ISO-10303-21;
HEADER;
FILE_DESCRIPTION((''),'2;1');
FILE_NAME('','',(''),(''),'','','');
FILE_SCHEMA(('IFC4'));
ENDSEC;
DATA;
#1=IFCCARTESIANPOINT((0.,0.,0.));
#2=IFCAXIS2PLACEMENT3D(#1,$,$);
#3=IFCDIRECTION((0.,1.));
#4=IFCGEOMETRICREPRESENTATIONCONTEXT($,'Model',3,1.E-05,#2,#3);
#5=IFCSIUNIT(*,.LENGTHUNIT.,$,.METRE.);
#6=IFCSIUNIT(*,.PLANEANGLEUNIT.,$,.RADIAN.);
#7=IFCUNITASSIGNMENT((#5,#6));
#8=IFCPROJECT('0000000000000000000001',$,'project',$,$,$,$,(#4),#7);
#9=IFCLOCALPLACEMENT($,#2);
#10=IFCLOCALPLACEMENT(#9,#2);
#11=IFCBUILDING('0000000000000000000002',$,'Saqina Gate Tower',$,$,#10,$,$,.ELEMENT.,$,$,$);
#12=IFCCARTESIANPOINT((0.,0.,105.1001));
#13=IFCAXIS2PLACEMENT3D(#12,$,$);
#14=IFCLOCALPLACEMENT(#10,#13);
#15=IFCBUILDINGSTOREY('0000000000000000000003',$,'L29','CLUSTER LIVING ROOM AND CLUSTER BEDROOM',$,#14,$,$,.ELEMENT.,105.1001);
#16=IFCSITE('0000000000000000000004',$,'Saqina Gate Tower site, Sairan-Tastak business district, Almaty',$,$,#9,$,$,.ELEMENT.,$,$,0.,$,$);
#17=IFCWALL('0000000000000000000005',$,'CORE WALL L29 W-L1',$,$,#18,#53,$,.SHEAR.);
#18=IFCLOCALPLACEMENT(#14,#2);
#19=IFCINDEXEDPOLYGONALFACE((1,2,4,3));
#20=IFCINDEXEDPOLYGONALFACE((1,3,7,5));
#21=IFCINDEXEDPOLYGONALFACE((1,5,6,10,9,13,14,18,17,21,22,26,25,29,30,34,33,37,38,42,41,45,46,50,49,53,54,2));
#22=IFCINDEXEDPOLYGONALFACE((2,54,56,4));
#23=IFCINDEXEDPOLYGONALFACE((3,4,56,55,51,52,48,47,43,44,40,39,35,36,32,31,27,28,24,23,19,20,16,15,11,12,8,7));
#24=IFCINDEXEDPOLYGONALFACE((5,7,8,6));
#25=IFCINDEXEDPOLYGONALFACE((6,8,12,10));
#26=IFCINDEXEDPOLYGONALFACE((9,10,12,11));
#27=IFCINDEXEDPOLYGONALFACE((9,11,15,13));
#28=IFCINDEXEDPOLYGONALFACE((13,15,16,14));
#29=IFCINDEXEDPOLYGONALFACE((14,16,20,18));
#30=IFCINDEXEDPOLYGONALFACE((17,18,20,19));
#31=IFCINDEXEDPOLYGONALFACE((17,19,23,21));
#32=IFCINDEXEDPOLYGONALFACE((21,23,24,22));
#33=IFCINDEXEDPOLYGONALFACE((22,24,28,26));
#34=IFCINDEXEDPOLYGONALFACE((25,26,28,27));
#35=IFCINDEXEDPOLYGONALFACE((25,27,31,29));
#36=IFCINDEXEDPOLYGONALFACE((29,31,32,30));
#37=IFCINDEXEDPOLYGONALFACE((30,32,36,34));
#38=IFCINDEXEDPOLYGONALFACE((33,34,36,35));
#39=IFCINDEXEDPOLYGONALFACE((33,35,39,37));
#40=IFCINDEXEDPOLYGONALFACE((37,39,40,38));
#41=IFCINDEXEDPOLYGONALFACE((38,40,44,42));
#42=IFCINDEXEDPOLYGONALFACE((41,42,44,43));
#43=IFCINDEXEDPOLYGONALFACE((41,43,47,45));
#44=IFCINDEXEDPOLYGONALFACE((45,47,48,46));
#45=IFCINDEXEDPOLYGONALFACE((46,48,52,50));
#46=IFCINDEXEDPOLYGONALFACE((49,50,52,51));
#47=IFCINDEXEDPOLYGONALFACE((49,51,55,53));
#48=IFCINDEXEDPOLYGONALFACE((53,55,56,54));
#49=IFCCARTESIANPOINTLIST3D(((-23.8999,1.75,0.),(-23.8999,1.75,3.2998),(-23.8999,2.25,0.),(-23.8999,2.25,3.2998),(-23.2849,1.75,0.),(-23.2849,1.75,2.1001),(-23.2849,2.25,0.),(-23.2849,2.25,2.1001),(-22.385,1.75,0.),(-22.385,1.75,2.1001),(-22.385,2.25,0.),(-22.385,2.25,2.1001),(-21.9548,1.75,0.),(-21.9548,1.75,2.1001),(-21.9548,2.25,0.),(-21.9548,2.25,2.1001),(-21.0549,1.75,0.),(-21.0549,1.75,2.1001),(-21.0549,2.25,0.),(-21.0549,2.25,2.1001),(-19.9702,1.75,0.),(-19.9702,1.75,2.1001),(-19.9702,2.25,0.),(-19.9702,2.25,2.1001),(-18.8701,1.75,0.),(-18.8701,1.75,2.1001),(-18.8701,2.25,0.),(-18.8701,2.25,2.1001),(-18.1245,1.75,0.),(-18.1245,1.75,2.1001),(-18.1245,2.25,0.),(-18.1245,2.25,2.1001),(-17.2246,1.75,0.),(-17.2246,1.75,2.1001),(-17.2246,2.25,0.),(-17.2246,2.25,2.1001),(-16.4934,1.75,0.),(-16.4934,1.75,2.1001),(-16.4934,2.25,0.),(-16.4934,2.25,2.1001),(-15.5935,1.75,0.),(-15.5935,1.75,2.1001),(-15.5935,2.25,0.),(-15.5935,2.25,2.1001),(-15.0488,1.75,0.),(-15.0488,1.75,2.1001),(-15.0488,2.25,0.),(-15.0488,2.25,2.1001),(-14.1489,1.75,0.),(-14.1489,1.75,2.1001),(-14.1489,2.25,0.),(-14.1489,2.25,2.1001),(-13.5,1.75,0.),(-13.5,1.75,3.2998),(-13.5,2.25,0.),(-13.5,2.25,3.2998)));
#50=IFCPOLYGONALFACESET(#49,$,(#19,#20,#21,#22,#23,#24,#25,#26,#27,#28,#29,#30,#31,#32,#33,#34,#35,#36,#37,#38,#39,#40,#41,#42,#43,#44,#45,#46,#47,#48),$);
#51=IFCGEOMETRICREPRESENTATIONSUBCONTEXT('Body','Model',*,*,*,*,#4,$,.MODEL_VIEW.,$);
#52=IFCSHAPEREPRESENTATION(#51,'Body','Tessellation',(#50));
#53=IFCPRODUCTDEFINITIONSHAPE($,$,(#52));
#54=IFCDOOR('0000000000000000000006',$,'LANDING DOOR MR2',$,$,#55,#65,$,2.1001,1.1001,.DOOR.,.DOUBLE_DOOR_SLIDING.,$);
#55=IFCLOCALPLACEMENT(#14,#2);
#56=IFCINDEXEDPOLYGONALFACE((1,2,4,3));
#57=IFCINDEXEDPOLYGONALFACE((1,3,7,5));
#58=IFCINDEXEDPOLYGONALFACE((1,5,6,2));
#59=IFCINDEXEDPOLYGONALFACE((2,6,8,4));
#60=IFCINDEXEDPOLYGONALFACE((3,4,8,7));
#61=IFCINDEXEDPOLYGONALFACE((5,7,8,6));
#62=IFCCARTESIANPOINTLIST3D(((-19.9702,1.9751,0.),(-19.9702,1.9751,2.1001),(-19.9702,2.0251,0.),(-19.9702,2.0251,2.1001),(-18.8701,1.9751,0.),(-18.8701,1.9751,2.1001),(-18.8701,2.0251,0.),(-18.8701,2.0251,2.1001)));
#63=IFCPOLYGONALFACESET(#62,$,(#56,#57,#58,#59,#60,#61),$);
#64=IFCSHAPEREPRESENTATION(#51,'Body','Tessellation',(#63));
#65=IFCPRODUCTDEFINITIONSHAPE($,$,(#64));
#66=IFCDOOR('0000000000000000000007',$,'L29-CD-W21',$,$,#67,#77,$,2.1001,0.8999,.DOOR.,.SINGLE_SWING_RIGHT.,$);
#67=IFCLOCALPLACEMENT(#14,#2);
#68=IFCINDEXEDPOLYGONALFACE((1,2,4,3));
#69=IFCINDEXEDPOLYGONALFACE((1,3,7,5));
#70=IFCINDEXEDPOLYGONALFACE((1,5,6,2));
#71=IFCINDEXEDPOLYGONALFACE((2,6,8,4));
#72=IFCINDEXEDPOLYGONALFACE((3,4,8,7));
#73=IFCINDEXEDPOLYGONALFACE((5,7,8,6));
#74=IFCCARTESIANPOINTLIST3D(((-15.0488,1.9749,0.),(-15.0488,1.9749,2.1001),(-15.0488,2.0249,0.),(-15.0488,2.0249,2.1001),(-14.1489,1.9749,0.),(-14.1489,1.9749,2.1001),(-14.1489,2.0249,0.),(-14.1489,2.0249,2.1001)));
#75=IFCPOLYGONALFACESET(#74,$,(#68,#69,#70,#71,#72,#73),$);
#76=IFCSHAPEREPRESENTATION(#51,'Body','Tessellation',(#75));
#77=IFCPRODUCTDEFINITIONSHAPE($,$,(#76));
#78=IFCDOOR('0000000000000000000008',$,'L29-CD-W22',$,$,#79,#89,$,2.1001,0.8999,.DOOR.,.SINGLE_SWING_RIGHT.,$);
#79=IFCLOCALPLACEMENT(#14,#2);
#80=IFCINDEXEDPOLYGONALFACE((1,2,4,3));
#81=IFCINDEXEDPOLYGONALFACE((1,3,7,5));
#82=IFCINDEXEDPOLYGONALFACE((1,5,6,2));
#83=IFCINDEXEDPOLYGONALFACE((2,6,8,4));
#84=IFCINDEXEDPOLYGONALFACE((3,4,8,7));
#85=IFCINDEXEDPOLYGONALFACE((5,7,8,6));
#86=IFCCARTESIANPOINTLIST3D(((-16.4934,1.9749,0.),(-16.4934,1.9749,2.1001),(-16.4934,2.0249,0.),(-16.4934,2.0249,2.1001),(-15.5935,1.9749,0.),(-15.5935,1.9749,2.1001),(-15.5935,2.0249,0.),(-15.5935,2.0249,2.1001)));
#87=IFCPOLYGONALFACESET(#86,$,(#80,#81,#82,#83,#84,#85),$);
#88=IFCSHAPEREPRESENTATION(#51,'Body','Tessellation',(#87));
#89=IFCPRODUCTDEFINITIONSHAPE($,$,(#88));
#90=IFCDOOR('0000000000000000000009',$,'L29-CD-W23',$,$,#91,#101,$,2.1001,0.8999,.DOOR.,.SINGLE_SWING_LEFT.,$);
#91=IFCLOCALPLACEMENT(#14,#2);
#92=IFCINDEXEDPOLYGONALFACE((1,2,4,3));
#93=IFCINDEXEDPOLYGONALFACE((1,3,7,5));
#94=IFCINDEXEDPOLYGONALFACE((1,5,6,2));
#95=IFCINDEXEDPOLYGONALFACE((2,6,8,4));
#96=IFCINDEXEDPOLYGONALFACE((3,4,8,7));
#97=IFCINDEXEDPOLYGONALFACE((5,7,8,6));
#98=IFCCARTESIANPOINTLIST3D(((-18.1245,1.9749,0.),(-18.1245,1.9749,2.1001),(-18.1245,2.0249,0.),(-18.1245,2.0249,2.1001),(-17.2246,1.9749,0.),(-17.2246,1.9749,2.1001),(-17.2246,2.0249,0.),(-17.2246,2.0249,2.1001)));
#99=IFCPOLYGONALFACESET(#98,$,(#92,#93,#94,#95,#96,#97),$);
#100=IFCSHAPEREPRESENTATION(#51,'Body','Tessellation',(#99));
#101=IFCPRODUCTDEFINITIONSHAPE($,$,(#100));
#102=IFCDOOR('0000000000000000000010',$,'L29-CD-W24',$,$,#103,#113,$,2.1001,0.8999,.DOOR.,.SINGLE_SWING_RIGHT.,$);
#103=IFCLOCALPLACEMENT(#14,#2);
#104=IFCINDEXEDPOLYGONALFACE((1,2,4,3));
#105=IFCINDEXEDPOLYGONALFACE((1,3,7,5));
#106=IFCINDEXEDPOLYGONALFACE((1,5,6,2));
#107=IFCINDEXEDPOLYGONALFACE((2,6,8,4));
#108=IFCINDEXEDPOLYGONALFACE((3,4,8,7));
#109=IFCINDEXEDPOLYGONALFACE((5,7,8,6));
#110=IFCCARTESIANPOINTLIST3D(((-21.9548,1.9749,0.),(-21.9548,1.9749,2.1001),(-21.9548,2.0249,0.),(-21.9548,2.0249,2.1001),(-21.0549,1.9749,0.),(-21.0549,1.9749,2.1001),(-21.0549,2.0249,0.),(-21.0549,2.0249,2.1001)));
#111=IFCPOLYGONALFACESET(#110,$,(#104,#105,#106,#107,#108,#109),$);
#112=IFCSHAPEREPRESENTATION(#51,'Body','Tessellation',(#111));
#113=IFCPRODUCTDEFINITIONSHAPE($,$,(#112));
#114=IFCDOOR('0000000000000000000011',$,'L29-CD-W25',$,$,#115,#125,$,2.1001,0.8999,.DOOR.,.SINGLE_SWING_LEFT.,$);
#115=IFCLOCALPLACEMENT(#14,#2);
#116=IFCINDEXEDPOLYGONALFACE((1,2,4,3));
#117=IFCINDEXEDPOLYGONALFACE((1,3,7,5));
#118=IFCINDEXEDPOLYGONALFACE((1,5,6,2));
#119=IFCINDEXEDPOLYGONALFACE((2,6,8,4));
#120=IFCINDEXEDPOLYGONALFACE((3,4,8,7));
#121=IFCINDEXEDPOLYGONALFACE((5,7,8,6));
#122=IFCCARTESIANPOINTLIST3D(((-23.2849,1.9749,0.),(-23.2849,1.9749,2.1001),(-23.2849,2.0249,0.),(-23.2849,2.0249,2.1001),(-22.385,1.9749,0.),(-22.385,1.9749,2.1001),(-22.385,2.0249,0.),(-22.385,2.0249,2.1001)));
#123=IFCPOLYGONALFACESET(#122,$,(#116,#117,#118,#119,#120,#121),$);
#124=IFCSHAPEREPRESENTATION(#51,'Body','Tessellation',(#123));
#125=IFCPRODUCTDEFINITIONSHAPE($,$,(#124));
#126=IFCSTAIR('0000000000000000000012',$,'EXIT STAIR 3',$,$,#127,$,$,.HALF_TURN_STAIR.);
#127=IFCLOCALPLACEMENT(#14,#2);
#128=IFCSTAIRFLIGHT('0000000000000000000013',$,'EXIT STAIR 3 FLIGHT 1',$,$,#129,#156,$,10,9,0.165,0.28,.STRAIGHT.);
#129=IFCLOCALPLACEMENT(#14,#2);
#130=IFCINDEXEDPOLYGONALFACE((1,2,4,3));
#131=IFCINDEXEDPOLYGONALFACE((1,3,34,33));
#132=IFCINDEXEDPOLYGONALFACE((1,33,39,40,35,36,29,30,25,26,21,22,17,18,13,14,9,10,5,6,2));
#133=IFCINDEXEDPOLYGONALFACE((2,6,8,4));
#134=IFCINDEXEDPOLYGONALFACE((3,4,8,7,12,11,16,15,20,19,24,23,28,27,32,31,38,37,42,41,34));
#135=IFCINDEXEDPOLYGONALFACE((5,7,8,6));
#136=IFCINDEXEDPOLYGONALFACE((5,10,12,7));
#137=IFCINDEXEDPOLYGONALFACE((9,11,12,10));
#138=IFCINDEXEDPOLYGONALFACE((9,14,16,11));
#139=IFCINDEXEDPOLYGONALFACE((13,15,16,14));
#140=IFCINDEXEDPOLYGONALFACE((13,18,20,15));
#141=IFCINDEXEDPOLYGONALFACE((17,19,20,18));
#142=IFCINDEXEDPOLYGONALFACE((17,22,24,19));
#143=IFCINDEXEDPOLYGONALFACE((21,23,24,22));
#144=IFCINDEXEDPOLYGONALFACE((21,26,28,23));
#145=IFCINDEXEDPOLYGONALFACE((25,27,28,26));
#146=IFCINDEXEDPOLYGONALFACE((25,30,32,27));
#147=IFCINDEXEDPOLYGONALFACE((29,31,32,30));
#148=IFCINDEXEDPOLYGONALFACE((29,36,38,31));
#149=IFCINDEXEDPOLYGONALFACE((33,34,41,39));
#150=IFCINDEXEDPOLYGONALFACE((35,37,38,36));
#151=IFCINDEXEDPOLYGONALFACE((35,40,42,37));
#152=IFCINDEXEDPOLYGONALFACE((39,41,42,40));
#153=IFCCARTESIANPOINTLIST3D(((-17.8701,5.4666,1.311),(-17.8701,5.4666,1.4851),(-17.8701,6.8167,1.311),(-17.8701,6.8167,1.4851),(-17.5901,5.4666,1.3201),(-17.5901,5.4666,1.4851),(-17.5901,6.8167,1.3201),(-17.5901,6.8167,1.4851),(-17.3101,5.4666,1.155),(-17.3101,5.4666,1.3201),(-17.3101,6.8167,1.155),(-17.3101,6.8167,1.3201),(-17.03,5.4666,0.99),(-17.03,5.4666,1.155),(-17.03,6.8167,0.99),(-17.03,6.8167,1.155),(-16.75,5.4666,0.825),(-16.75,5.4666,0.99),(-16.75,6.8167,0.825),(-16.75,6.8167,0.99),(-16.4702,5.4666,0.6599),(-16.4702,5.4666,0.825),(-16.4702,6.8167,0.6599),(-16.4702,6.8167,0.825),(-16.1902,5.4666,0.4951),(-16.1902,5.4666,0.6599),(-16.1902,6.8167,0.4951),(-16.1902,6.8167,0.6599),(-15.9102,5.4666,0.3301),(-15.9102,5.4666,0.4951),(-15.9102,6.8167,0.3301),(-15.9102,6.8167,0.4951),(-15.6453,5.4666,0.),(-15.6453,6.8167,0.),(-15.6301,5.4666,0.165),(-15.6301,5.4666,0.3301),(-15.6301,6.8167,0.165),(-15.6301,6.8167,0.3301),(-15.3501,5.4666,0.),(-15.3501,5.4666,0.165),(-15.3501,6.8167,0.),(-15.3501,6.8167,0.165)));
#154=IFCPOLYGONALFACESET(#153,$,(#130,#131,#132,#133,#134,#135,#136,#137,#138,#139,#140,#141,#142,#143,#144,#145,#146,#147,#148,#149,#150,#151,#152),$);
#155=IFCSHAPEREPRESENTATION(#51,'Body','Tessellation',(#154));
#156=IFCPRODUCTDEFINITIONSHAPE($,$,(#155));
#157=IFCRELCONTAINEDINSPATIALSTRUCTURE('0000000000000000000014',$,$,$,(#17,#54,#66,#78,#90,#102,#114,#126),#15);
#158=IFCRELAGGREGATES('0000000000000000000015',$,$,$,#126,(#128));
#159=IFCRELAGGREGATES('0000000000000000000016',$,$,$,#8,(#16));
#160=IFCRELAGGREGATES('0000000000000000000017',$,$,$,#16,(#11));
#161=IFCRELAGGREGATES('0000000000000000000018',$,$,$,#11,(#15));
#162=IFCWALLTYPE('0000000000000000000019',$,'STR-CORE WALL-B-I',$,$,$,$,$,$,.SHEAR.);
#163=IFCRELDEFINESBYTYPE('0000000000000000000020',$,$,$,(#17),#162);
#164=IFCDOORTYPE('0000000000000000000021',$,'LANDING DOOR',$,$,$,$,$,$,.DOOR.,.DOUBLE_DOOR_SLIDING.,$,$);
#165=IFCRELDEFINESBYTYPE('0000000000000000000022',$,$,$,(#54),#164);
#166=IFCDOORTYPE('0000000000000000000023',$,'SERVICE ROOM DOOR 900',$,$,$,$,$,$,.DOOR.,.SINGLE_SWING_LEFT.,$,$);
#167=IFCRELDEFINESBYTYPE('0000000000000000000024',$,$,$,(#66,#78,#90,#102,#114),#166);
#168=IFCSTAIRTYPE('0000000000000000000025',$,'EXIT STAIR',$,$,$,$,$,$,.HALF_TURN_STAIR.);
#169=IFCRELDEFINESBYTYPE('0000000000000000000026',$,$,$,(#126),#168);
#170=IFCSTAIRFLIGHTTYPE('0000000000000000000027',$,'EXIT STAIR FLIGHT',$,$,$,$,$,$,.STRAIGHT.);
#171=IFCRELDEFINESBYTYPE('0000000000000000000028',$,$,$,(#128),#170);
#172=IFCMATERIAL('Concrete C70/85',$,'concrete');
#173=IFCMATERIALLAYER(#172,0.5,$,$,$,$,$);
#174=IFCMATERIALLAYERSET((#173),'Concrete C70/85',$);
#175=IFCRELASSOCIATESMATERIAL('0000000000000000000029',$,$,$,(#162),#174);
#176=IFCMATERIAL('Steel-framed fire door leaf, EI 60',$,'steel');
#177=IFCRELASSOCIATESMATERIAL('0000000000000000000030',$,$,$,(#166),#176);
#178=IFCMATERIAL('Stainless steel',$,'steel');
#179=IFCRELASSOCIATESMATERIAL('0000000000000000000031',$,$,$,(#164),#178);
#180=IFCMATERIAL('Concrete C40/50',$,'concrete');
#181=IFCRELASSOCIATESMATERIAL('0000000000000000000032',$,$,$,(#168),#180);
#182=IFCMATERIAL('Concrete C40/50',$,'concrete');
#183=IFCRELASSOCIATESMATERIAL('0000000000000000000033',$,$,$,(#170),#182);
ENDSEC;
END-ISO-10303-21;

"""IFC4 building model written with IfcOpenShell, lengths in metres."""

from ifc_helpers import new_model, si_unit, direction, frame, frame_2d, origin, place, context, subcontext, project, spatial, polyline, rectangle, outline, extrude, material, layer, layer_set, type_object, element, fill, aggregate, save


model = new_model("IFC4")

# Units and contexts
model_context = context("Model", 3, precision=1e-05, world=origin(), true_north=direction((0.0, 1.0)))
body_context = subcontext(model_context, "Body", "Model", "MODEL_VIEW")
ifc_project = project(units=[si_unit("LENGTHUNIT", "METRE"), si_unit("PLANEANGLEUNIT", "RADIAN")], contexts=[model_context])

# Site, building, storey
site_placement = place(None, origin())
site = spatial("IfcSite", under=ifc_project, at=site_placement, Name="Saqina Gate Tower site, Sairan-Tastak business district, Almaty", CompositionType="ELEMENT", RefElevation=0.0)
building_placement = place(site_placement, origin())
building = spatial("IfcBuilding", under=site, at=building_placement, Name="Saqina Gate Tower", CompositionType="ELEMENT")
storey_placement = place(building_placement, frame((0.0, 0.0, 105.1001)))
storey = spatial("IfcBuildingStorey", under=building, at=storey_placement, Name="L29", Description="CLUSTER LIVING ROOM AND CLUSTER BEDROOM", CompositionType="ELEMENT", Elevation=105.1001)

# Shared definitions
ifc_material_1 = material(Name="Concrete C70/85", Category="concrete")
ifc_layer_1 = layer(ifc_material_1, 0.5)
ifc_layer_set_1 = layer_set([ifc_layer_1], Name="Concrete C70/85")
wall_type_1 = type_object("IfcWallType", Name="STR-CORE WALL-B-I", PredefinedType="SHEAR", material=ifc_layer_set_1)
ifc_material_2 = material(Name="Steel-framed fire door leaf, EI 60", Category="steel")
door_type_1 = type_object("IfcDoorType", Name="SERVICE ROOM DOOR 900", OperationType="SINGLE_SWING_LEFT", PredefinedType="DOOR", material=ifc_material_2)

# Wall, openings, doors
wall_1_placement = place(storey_placement, frame((-13.5, 2.0, 0.0), z_axis=(0.0, 0.0, 1.0), x_axis=(-1.0, 0.0, 0.0)))
wall_1 = element("IfcWall", 1, at=wall_1_placement, inside=storey, type_object=wall_type_1, Name="CORE WALL L29 W-L1", PredefinedType="SHEAR", context=body_context, shape_type="SweptSolid", body=[
    extrude(rectangle(XDim=10.3999, YDim=0.5, at=frame_2d((5.2, 0.0))), origin(), (0.0, 0.0, 1.0), 3.2998),
])
opening_1_placement = place(wall_1_placement, frame((5.3701, 0.0, 0.0)))
opening_1 = element("IfcOpeningElement", 2, at=opening_1_placement, cuts=wall_1, PredefinedType="OPENING", context=body_context, shape_type="SweptSolid", body=[
    extrude(rectangle(XDim=1.1001, YDim=2.1001, at=frame_2d((0.55, 1.05))), frame((0.0, 0.262, 0.0), z_axis=(0.0, -1.0, 0.0), x_axis=(1.0, 0.0, 0.0)), (0.0, 0.0, 1.0), 0.5239),
])
opening_2_placement = place(wall_1_placement, frame((0.6489, 0.0, 0.0)))
opening_2 = element("IfcOpeningElement", 3, at=opening_2_placement, cuts=wall_1, PredefinedType="OPENING", context=body_context, shape_type="SweptSolid", body=[
    extrude(rectangle(XDim=0.8999, YDim=2.1001, at=frame_2d((0.45, 1.05))), frame((0.0, 0.262, 0.0), z_axis=(0.0, -1.0, 0.0), x_axis=(1.0, 0.0, 0.0)), (0.0, 0.0, 1.0), 0.5239),
])
opening_3_placement = place(wall_1_placement, frame((2.0935, 0.0, 0.0)))
opening_3 = element("IfcOpeningElement", 4, at=opening_3_placement, cuts=wall_1, PredefinedType="OPENING", context=body_context, shape_type="SweptSolid", body=[
    extrude(rectangle(XDim=0.8999, YDim=2.1001, at=frame_2d((0.45, 1.05))), frame((0.0, 0.262, 0.0), z_axis=(0.0, -1.0, 0.0), x_axis=(1.0, 0.0, 0.0)), (0.0, 0.0, 1.0), 0.5239),
])
opening_4_placement = place(wall_1_placement, frame((3.7246, 0.0, 0.0)))
opening_4 = element("IfcOpeningElement", 5, at=opening_4_placement, cuts=wall_1, PredefinedType="OPENING", context=body_context, shape_type="SweptSolid", body=[
    extrude(rectangle(XDim=0.8999, YDim=2.1001, at=frame_2d((0.45, 1.05))), frame((0.0, 0.262, 0.0), z_axis=(0.0, -1.0, 0.0), x_axis=(1.0, 0.0, 0.0)), (0.0, 0.0, 1.0), 0.5239),
])
opening_5_placement = place(wall_1_placement, frame((7.5549, 0.0, 0.0)))
opening_5 = element("IfcOpeningElement", 6, at=opening_5_placement, cuts=wall_1, PredefinedType="OPENING", context=body_context, shape_type="SweptSolid", body=[
    extrude(rectangle(XDim=0.8999, YDim=2.1001, at=frame_2d((0.45, 1.05))), frame((0.0, 0.262, 0.0), z_axis=(0.0, -1.0, 0.0), x_axis=(1.0, 0.0, 0.0)), (0.0, 0.0, 1.0), 0.5239),
])
opening_6_placement = place(wall_1_placement, frame((8.885, 0.0, 0.0)))
opening_6 = element("IfcOpeningElement", 7, at=opening_6_placement, cuts=wall_1, PredefinedType="OPENING", context=body_context, shape_type="SweptSolid", body=[
    extrude(rectangle(XDim=0.8999, YDim=2.1001, at=frame_2d((0.45, 1.05))), frame((0.0, 0.262, 0.0), z_axis=(0.0, -1.0, 0.0), x_axis=(1.0, 0.0, 0.0)), (0.0, 0.0, 1.0), 0.5239),
])
ifc_material_3 = material(Name="Stainless steel", Category="steel")
door_type_2 = type_object("IfcDoorType", Name="LANDING DOOR", OperationType="DOUBLE_DOOR_SLIDING", PredefinedType="DOOR", material=ifc_material_3)
door_1_placement = place(opening_1_placement, origin())
door_1 = element("IfcDoor", 8, at=door_1_placement, inside=storey, type_object=door_type_2, Name="LANDING DOOR MR2", OperationType="DOUBLE_DOOR_SLIDING", OverallHeight=2.1001, OverallWidth=1.1001, PredefinedType="DOOR", context=body_context, shape_type="SweptSolid", body=[
    extrude(rectangle(XDim=1.1001, YDim=2.1001, at=frame_2d((0.55, 1.05))), frame((0.0, 0.0249, 0.0), z_axis=(0.0, -1.0, 0.0), x_axis=(1.0, 0.0, 0.0)), (0.0, 0.0, 1.0), 0.05),
])
fill(opening_1, door_1)
door_2_placement = place(opening_2_placement, frame((0.8999, 0.0, 0.0), z_axis=(0.0, 0.0, 1.0), x_axis=(-1.0, 0.0, 0.0)))
door_2 = element("IfcDoor", 9, at=door_2_placement, inside=storey, type_object=door_type_1, Name="L29-CD-W21", OperationType="SINGLE_SWING_RIGHT", OverallHeight=2.1001, OverallWidth=0.8999, PredefinedType="DOOR", context=body_context, shape_type="SweptSolid", body=[
    extrude(rectangle(XDim=0.8999, YDim=2.1001, at=frame_2d((0.45, 1.05))), frame((0.0, 0.0249, 0.0), z_axis=(0.0, -1.0, 0.0), x_axis=(1.0, 0.0, 0.0)), (0.0, 0.0, 1.0), 0.05),
])
fill(opening_2, door_2)
door_3_placement = place(opening_3_placement, frame((0.8999, 0.0, 0.0), z_axis=(0.0, 0.0, 1.0), x_axis=(-1.0, 0.0, 0.0)))
door_3 = element("IfcDoor", 10, at=door_3_placement, inside=storey, type_object=door_type_1, Name="L29-CD-W22", OperationType="SINGLE_SWING_RIGHT", OverallHeight=2.1001, OverallWidth=0.8999, PredefinedType="DOOR", context=body_context, shape_type="SweptSolid", body=[
    extrude(rectangle(XDim=0.8999, YDim=2.1001, at=frame_2d((0.45, 1.05))), frame((0.0, 0.0249, 0.0), z_axis=(0.0, -1.0, 0.0), x_axis=(1.0, 0.0, 0.0)), (0.0, 0.0, 1.0), 0.05),
])
fill(opening_3, door_3)
door_4_placement = place(opening_4_placement, frame((0.8999, 0.0, 0.0), z_axis=(0.0, 0.0, 1.0), x_axis=(-1.0, 0.0, 0.0)))
door_4 = element("IfcDoor", 11, at=door_4_placement, inside=storey, type_object=door_type_1, Name="L29-CD-W23", OperationType="SINGLE_SWING_LEFT", OverallHeight=2.1001, OverallWidth=0.8999, PredefinedType="DOOR", context=body_context, shape_type="SweptSolid", body=[
    extrude(rectangle(XDim=0.8999, YDim=2.1001, at=frame_2d((0.45, 1.05))), frame((0.0, 0.0249, 0.0), z_axis=(0.0, -1.0, 0.0), x_axis=(1.0, 0.0, 0.0)), (0.0, 0.0, 1.0), 0.05),
])
fill(opening_4, door_4)
door_5_placement = place(opening_5_placement, frame((0.8999, 0.0, 0.0), z_axis=(0.0, 0.0, 1.0), x_axis=(-1.0, 0.0, 0.0)))
door_5 = element("IfcDoor", 12, at=door_5_placement, inside=storey, type_object=door_type_1, Name="L29-CD-W24", OperationType="SINGLE_SWING_RIGHT", OverallHeight=2.1001, OverallWidth=0.8999, PredefinedType="DOOR", context=body_context, shape_type="SweptSolid", body=[
    extrude(rectangle(XDim=0.8999, YDim=2.1001, at=frame_2d((0.45, 1.05))), frame((0.0, 0.0249, 0.0), z_axis=(0.0, -1.0, 0.0), x_axis=(1.0, 0.0, 0.0)), (0.0, 0.0, 1.0), 0.05),
])
fill(opening_5, door_5)
door_6_placement = place(opening_6_placement, frame((0.8999, 0.0, 0.0), z_axis=(0.0, 0.0, 1.0), x_axis=(-1.0, 0.0, 0.0)))
door_6 = element("IfcDoor", 13, at=door_6_placement, inside=storey, type_object=door_type_1, Name="L29-CD-W25", OperationType="SINGLE_SWING_LEFT", OverallHeight=2.1001, OverallWidth=0.8999, PredefinedType="DOOR", context=body_context, shape_type="SweptSolid", body=[
    extrude(rectangle(XDim=0.8999, YDim=2.1001, at=frame_2d((0.45, 1.05))), frame((0.0, 0.0249, 0.0), z_axis=(0.0, -1.0, 0.0), x_axis=(1.0, 0.0, 0.0)), (0.0, 0.0, 1.0), 0.05),
])
fill(opening_6, door_6)

# Stair, stair flight
ifc_material_4 = material(Name="Concrete C40/50", Category="concrete")
stair_type = type_object("IfcStairType", Name="EXIT STAIR", PredefinedType="HALF_TURN_STAIR", material=ifc_material_4)
stair_placement = place(storey_placement, origin())
stair = element("IfcStair", 14, at=stair_placement, inside=storey, type_object=stair_type, Name="EXIT STAIR 3", PredefinedType="HALF_TURN_STAIR")
ifc_material_5 = material(Name="Concrete C40/50", Category="concrete")
stair_flight_type = type_object("IfcStairFlightType", Name="EXIT STAIR FLIGHT", PredefinedType="STRAIGHT", material=ifc_material_5)
stair_flight_placement = place(storey_placement, frame((-15.3501, 6.1416, 0.0), z_axis=(0.0, 0.0, 1.0), x_axis=(-1.0, 0.0, 0.0)))
stair_flight = element("IfcStairFlight", 15, at=stair_flight_placement, type_object=stair_flight_type, Name="EXIT STAIR 3 FLIGHT 1", NumberOfRisers=10, NumberOfTreads=9, PredefinedType="STRAIGHT", RiserHeight=0.165, TreadLength=0.28, context=body_context, shape_type="SweptSolid", body=[
    extrude(outline(polyline([(0.0, 0.0), (0.0, 0.165), (0.28, 0.165), (0.28, 0.3301), (0.5601, 0.3301), (0.5601, 0.4951), (0.8401, 0.4951), (0.8401, 0.6599), (1.1201, 0.6599), (1.1201, 0.825), (1.3999, 0.825), (1.3999, 0.99), (1.6799, 0.99), (1.6799, 1.155), (1.96, 1.155), (1.96, 1.3201), (2.24, 1.3201), (2.24, 1.4851), (2.52, 1.4851), (2.52, 1.6499), (2.52, 1.311), (0.2952, 0.0), (0.0, 0.0)])), frame((0.0, 0.675, 0.0), z_axis=(0.0, -1.0, 0.0), x_axis=(1.0, 0.0, 0.0)), (0.0, 0.0, 1.0), 1.3501),
])
aggregate(stair, [stair_flight])

save(model, "model.ifc")
